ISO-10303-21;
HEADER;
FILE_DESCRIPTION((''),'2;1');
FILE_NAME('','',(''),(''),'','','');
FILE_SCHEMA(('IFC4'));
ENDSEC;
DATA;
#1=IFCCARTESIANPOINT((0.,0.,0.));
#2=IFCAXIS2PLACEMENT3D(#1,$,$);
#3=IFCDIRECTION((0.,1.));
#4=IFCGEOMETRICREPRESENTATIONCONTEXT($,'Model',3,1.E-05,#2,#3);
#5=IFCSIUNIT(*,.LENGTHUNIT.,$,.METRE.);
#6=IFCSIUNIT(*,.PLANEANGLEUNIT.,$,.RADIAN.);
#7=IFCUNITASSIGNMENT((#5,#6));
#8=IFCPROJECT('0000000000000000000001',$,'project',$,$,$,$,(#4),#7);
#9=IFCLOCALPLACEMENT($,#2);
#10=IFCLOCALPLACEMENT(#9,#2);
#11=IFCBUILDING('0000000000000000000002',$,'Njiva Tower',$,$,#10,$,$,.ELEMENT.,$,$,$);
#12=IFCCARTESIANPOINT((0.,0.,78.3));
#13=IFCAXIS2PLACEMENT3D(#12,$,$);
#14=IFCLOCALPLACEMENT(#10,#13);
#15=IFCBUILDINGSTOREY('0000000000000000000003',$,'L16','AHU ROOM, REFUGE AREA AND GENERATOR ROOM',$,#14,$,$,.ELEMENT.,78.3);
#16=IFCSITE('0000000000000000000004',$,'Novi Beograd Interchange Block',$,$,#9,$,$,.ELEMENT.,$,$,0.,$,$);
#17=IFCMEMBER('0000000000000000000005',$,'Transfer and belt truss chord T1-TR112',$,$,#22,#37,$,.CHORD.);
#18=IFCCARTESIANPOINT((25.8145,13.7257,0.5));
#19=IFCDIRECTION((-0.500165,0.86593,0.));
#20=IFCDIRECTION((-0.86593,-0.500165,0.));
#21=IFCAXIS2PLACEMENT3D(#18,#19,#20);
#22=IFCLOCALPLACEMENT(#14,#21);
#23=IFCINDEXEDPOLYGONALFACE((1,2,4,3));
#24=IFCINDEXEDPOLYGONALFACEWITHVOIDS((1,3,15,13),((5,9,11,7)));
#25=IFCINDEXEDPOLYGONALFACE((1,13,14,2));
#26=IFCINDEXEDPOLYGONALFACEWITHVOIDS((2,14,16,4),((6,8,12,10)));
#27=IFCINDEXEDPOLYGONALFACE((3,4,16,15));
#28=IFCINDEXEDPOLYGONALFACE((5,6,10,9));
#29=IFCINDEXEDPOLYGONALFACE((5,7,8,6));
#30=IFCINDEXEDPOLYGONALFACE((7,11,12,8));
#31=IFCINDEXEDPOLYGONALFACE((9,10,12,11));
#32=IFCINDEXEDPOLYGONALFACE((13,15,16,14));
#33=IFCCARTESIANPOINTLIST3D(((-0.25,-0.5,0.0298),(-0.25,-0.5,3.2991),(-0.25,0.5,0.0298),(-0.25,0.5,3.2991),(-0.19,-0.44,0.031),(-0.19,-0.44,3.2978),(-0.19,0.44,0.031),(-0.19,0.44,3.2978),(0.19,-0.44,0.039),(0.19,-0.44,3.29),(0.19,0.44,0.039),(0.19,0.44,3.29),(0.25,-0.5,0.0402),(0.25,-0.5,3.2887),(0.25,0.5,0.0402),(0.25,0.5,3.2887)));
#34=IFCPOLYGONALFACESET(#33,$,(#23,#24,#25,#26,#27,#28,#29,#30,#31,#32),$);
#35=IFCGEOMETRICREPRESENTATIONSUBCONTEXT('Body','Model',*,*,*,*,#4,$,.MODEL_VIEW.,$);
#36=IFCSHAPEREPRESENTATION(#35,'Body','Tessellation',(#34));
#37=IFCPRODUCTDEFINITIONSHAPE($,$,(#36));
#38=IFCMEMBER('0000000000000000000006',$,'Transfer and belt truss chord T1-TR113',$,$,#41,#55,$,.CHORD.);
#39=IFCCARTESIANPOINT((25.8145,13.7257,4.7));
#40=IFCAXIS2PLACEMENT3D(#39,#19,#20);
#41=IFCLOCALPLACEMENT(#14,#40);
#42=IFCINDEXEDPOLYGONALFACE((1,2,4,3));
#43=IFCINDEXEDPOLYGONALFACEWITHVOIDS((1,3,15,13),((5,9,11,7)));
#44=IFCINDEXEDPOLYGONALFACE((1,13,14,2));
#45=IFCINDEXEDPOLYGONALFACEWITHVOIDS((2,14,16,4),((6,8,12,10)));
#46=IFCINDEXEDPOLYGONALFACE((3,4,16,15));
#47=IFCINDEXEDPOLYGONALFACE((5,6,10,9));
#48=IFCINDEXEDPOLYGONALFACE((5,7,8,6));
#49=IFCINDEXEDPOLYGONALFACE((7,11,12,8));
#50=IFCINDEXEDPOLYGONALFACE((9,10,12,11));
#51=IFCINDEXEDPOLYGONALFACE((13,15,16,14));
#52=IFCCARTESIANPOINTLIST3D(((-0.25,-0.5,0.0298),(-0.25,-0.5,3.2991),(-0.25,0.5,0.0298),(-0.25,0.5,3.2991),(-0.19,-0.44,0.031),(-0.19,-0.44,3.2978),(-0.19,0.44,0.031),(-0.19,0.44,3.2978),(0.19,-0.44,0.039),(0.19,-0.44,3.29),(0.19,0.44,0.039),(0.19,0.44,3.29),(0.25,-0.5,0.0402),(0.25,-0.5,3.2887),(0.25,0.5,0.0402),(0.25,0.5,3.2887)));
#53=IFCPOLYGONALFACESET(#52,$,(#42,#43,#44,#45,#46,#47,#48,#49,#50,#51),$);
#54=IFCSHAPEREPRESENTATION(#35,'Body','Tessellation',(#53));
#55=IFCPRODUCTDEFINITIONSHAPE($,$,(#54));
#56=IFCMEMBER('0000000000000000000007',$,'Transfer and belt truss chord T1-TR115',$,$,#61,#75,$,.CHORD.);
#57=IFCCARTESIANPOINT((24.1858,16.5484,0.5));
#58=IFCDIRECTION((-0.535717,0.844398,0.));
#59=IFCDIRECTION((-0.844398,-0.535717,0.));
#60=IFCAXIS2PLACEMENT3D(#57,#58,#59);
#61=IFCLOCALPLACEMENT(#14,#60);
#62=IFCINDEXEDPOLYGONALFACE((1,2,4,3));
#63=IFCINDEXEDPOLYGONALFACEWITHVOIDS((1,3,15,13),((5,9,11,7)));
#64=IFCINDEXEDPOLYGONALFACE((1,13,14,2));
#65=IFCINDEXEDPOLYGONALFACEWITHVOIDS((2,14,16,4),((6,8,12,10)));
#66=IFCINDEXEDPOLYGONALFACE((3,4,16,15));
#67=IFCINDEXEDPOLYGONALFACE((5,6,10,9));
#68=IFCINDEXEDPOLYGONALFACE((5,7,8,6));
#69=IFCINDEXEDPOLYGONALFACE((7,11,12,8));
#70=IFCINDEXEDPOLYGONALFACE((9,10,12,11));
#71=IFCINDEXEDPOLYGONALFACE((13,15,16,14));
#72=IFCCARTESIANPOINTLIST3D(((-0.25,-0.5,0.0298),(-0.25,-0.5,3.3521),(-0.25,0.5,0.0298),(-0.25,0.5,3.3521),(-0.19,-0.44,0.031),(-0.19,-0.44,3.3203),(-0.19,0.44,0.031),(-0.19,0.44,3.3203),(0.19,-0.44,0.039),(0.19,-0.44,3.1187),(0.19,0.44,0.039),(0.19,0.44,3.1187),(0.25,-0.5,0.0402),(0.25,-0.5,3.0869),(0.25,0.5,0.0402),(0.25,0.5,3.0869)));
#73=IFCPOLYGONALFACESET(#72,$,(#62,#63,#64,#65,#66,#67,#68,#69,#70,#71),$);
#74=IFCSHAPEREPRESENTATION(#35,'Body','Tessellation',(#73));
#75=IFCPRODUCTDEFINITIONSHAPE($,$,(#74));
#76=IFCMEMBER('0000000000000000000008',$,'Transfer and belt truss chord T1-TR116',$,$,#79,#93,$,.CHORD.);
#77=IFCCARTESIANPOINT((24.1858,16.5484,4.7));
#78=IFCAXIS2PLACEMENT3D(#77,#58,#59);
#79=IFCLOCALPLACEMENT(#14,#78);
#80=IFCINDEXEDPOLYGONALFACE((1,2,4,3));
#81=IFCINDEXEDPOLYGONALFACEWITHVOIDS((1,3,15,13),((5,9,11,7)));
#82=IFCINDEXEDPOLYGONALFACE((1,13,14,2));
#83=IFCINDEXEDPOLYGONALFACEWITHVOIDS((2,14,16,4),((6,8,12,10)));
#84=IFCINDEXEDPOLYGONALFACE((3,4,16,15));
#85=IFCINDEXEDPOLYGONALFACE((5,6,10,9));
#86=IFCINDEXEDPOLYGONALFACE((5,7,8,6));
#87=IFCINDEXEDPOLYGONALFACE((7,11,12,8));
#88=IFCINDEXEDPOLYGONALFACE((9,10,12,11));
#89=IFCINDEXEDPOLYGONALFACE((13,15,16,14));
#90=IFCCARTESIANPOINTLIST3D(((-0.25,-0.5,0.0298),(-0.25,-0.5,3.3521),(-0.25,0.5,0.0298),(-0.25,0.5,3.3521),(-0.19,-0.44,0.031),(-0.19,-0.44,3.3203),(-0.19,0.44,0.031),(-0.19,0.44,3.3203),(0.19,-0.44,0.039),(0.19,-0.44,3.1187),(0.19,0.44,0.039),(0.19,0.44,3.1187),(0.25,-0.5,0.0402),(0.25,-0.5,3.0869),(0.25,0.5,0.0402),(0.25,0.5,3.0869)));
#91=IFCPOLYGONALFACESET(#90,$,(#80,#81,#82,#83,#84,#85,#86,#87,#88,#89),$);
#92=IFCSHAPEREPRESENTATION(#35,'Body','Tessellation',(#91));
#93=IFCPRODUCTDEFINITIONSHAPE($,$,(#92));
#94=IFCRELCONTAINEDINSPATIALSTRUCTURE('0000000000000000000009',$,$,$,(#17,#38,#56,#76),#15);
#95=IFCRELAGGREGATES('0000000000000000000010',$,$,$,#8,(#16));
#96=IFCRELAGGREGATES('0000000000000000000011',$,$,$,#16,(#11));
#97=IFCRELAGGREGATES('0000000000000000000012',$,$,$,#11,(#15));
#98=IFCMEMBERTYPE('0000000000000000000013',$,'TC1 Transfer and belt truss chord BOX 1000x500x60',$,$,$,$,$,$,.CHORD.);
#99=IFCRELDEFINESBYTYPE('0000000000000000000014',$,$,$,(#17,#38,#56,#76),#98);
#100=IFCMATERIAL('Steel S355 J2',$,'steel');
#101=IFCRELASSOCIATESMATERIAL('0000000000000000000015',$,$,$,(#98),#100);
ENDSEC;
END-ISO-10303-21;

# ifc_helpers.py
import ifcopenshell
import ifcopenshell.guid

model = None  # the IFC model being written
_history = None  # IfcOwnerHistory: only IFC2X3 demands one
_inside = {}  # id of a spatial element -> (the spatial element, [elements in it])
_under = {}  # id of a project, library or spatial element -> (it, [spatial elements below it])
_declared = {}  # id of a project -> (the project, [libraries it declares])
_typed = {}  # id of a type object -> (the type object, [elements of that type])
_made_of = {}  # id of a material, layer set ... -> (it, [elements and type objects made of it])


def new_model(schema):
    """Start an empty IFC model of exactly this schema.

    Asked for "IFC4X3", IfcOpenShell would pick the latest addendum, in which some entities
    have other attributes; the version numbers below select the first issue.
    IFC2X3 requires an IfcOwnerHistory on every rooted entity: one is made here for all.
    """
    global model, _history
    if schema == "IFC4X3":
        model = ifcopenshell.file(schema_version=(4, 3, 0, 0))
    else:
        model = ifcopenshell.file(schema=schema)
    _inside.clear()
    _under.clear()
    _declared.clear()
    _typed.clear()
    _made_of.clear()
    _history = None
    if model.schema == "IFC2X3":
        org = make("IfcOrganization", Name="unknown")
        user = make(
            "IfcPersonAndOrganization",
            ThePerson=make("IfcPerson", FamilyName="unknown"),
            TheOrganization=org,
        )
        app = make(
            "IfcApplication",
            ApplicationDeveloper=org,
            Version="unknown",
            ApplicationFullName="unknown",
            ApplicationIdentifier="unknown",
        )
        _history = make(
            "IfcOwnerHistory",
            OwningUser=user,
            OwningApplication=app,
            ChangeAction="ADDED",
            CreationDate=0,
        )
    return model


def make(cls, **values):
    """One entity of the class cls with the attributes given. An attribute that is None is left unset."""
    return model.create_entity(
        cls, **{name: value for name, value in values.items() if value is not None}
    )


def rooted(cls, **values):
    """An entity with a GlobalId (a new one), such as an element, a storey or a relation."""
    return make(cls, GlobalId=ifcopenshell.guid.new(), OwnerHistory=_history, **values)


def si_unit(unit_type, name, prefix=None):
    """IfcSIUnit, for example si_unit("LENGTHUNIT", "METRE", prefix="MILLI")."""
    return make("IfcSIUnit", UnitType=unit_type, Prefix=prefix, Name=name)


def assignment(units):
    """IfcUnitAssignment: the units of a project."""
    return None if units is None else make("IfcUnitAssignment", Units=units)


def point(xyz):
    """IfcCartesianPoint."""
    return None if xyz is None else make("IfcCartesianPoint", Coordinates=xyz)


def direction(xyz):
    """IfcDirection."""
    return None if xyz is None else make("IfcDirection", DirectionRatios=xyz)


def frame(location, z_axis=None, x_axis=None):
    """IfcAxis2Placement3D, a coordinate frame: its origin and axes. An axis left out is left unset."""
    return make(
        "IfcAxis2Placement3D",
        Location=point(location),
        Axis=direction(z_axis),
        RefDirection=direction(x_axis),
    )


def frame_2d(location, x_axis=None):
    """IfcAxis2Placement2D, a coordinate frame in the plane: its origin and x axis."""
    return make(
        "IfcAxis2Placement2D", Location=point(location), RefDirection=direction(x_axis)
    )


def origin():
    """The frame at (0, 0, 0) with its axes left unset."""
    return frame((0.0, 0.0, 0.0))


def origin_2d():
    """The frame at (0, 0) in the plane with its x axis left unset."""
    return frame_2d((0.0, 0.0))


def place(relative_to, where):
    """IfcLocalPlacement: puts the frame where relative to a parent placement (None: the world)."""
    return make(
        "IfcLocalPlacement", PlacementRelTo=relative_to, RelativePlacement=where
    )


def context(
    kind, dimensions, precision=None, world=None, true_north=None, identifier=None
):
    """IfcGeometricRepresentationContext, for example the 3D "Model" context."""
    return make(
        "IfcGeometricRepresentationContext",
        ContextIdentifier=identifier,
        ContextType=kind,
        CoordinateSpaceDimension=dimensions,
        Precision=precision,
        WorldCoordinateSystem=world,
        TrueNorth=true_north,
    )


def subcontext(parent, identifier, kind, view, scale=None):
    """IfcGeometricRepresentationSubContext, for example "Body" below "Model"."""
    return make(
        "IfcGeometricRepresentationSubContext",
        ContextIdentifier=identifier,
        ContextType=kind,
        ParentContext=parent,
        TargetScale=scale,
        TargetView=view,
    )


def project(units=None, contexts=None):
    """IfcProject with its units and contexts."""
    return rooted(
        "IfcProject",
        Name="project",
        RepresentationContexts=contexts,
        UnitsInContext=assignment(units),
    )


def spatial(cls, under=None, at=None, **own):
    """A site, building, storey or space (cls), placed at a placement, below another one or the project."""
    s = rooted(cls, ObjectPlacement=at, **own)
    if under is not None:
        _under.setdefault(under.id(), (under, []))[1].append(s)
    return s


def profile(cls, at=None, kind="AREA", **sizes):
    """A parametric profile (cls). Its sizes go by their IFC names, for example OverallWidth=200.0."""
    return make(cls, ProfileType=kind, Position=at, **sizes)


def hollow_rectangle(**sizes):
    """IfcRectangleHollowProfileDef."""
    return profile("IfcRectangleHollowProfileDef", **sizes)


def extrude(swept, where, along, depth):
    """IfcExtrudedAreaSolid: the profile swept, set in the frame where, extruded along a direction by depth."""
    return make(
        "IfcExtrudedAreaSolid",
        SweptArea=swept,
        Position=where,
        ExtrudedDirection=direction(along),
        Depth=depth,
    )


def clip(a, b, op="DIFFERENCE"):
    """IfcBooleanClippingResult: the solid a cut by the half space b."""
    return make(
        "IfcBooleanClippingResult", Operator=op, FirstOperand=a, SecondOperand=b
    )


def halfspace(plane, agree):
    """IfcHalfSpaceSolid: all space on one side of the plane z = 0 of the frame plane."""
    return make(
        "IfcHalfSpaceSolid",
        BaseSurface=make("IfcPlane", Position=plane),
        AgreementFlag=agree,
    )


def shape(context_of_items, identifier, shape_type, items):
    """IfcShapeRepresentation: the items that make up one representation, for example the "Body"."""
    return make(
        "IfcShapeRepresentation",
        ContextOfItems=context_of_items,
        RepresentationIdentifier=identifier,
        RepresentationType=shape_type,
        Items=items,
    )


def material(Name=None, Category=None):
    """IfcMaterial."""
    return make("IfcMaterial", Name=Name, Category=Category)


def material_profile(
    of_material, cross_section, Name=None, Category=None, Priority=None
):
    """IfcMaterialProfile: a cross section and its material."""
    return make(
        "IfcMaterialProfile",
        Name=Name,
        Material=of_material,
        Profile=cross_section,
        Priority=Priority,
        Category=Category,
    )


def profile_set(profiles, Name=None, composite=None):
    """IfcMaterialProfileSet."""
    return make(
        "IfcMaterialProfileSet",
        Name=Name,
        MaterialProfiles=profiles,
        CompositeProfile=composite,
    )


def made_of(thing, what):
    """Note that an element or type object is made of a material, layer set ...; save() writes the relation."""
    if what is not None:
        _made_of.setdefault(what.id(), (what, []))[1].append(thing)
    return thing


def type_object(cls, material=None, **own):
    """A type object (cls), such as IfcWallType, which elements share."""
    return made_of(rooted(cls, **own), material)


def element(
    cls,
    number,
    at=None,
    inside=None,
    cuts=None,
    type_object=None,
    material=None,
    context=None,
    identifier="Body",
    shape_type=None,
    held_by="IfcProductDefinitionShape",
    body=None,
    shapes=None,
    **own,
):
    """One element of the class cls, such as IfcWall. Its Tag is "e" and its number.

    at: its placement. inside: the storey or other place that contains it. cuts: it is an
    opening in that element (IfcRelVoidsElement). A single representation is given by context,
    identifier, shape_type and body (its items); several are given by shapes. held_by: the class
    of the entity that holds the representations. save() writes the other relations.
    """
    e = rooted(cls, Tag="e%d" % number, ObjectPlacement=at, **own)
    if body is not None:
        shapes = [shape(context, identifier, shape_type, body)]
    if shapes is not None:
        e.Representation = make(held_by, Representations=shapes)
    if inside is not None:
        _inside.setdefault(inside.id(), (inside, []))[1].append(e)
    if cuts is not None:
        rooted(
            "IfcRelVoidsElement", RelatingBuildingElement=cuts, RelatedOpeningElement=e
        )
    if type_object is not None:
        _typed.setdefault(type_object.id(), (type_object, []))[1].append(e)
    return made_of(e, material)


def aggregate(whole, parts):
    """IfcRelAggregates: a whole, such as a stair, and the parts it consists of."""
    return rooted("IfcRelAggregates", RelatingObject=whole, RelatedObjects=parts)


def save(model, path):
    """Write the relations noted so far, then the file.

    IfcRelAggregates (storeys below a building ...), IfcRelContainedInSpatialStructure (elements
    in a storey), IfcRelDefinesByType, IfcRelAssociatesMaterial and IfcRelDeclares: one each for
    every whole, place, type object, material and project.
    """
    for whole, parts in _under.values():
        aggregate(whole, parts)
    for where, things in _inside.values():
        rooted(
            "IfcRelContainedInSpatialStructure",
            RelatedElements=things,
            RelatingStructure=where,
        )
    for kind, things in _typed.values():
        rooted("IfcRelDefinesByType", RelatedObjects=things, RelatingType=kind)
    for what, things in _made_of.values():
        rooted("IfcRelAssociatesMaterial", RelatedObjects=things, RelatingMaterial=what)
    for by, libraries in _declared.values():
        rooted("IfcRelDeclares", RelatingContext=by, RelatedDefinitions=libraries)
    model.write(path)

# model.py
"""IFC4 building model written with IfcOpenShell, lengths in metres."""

from ifc_helpers import new_model, si_unit, direction, frame, origin, origin_2d, place, context, subcontext, project, spatial, hollow_rectangle, extrude, clip, halfspace, material, material_profile, profile_set, type_object, element, save


model = new_model("IFC4")

# Units and contexts
model_context = context("Model", 3, precision=1e-05, world=origin(), true_north=direction((0.0, 1.0)))
body_context = subcontext(model_context, "Body", "Model", "MODEL_VIEW")
ifc_project = project(units=[si_unit("LENGTHUNIT", "METRE"), si_unit("PLANEANGLEUNIT", "RADIAN")], contexts=[model_context])

# Site, building, storey
site_placement = place(None, origin())
site = spatial("IfcSite", under=ifc_project, at=site_placement, Name="Novi Beograd Interchange Block", CompositionType="ELEMENT", RefElevation=0.0)
building_placement = place(site_placement, origin())
building = spatial("IfcBuilding", under=site, at=building_placement, Name="Njiva Tower", CompositionType="ELEMENT")
storey_placement = place(building_placement, frame((0.0, 0.0, 78.3)))
storey = spatial("IfcBuildingStorey", under=building, at=storey_placement, Name="L16", Description="AHU ROOM, REFUGE AREA AND GENERATOR ROOM", CompositionType="ELEMENT", Elevation=78.3)

# Shared definitions
ifc_material_1 = material(Name="Steel S355 J2", Category="steel")

# Members
ifc_material_profile_1 = material_profile(ifc_material_1, hollow_rectangle(XDim=0.5, YDim=1.0, WallThickness=0.06, at=origin_2d()), Name="BOX 1000x500x60")
ifc_profile_set_1 = profile_set([ifc_material_profile_1], Name="Steel S355 J2")
member_type_1 = type_object("IfcMemberType", Name="TC1 Transfer and belt truss chord BOX 1000x500x60", PredefinedType="CHORD", material=ifc_profile_set_1)
member_1_placement = place(storey_placement, frame((25.8145, 13.7257, 0.5), z_axis=(-0.500165, 0.86593, 0.0), x_axis=(-0.86593, -0.500165, 0.0)))
element("IfcMember", 1, at=member_1_placement, inside=storey, type_object=member_type_1, Name="Transfer and belt truss chord T1-TR112", PredefinedType="CHORD", context=body_context, shape_type="Clipping", body=[
    clip(clip(extrude(hollow_rectangle(XDim=0.5, YDim=1.0, WallThickness=0.06, at=origin_2d()), origin(), (0.0, 0.0, 1.0), 3.3289), halfspace(frame((0.0, -78.8, 0.035), z_axis=(0.020941, 0.0, -0.999781), x_axis=(0.0, -1.0, 0.0)), False)), halfspace(frame((0.0, -78.8, 3.2939), z_axis=(0.020779, 0.0, 0.999784), x_axis=(0.0, 1.0, 0.0)), False)),
])
member_2_placement = place(storey_placement, frame((25.8145, 13.7257, 4.7), z_axis=(-0.500165, 0.86593, 0.0), x_axis=(-0.86593, -0.500165, 0.0)))
element("IfcMember", 2, at=member_2_placement, inside=storey, type_object=member_type_1, Name="Transfer and belt truss chord T1-TR113", PredefinedType="CHORD", context=body_context, shape_type="Clipping", body=[
    clip(clip(extrude(hollow_rectangle(XDim=0.5, YDim=1.0, WallThickness=0.06, at=origin_2d()), origin(), (0.0, 0.0, 1.0), 3.3289), halfspace(frame((0.0, -83.0, 0.035), z_axis=(0.020941, 0.0, -0.999781), x_axis=(0.0, -1.0, 0.0)), False)), halfspace(frame((0.0, -83.0, 3.2939), z_axis=(0.020779, 0.0, 0.999784), x_axis=(0.0, 1.0, 0.0)), False)),
])
member_3_placement = place(storey_placement, frame((24.1858, 16.5484, 0.5), z_axis=(-0.535717, 0.844398, 0.0), x_axis=(-0.844398, -0.535717, 0.0)))
element("IfcMember", 3, at=member_3_placement, inside=storey, type_object=member_type_1, Name="Transfer and belt truss chord T1-TR115", PredefinedType="CHORD", context=body_context, shape_type="Clipping", body=[
    clip(clip(extrude(hollow_rectangle(XDim=0.5, YDim=1.0, WallThickness=0.06, at=origin_2d()), origin(), (0.0, 0.0, 1.0), 3.3825), halfspace(frame((0.0, -78.8, 0.035), z_axis=(0.020785, 0.0, -0.999784), x_axis=(0.0, -1.0, 0.0)), False)), halfspace(frame((0.0, -78.8, 3.2195), z_axis=(0.468613, 0.0, 0.883404), x_axis=(0.0, 1.0, 0.0)), False)),
])
member_4_placement = place(storey_placement, frame((24.1858, 16.5484, 4.7), z_axis=(-0.535717, 0.844398, 0.0), x_axis=(-0.844398, -0.535717, 0.0)))
element("IfcMember", 4, at=member_4_placement, inside=storey, type_object=member_type_1, Name="Transfer and belt truss chord T1-TR116", PredefinedType="CHORD", context=body_context, shape_type="Clipping", body=[
    clip(clip(extrude(hollow_rectangle(XDim=0.5, YDim=1.0, WallThickness=0.06, at=origin_2d()), origin(), (0.0, 0.0, 1.0), 3.3825), halfspace(frame((0.0, -83.0, 0.035), z_axis=(0.020785, 0.0, -0.999784), x_axis=(0.0, -1.0, 0.0)), False)), halfspace(frame((0.0, -83.0, 3.2195), z_axis=(0.468613, 0.0, 0.883404), x_axis=(0.0, 1.0, 0.0)), False)),
])

save(model, "model.ifc")
